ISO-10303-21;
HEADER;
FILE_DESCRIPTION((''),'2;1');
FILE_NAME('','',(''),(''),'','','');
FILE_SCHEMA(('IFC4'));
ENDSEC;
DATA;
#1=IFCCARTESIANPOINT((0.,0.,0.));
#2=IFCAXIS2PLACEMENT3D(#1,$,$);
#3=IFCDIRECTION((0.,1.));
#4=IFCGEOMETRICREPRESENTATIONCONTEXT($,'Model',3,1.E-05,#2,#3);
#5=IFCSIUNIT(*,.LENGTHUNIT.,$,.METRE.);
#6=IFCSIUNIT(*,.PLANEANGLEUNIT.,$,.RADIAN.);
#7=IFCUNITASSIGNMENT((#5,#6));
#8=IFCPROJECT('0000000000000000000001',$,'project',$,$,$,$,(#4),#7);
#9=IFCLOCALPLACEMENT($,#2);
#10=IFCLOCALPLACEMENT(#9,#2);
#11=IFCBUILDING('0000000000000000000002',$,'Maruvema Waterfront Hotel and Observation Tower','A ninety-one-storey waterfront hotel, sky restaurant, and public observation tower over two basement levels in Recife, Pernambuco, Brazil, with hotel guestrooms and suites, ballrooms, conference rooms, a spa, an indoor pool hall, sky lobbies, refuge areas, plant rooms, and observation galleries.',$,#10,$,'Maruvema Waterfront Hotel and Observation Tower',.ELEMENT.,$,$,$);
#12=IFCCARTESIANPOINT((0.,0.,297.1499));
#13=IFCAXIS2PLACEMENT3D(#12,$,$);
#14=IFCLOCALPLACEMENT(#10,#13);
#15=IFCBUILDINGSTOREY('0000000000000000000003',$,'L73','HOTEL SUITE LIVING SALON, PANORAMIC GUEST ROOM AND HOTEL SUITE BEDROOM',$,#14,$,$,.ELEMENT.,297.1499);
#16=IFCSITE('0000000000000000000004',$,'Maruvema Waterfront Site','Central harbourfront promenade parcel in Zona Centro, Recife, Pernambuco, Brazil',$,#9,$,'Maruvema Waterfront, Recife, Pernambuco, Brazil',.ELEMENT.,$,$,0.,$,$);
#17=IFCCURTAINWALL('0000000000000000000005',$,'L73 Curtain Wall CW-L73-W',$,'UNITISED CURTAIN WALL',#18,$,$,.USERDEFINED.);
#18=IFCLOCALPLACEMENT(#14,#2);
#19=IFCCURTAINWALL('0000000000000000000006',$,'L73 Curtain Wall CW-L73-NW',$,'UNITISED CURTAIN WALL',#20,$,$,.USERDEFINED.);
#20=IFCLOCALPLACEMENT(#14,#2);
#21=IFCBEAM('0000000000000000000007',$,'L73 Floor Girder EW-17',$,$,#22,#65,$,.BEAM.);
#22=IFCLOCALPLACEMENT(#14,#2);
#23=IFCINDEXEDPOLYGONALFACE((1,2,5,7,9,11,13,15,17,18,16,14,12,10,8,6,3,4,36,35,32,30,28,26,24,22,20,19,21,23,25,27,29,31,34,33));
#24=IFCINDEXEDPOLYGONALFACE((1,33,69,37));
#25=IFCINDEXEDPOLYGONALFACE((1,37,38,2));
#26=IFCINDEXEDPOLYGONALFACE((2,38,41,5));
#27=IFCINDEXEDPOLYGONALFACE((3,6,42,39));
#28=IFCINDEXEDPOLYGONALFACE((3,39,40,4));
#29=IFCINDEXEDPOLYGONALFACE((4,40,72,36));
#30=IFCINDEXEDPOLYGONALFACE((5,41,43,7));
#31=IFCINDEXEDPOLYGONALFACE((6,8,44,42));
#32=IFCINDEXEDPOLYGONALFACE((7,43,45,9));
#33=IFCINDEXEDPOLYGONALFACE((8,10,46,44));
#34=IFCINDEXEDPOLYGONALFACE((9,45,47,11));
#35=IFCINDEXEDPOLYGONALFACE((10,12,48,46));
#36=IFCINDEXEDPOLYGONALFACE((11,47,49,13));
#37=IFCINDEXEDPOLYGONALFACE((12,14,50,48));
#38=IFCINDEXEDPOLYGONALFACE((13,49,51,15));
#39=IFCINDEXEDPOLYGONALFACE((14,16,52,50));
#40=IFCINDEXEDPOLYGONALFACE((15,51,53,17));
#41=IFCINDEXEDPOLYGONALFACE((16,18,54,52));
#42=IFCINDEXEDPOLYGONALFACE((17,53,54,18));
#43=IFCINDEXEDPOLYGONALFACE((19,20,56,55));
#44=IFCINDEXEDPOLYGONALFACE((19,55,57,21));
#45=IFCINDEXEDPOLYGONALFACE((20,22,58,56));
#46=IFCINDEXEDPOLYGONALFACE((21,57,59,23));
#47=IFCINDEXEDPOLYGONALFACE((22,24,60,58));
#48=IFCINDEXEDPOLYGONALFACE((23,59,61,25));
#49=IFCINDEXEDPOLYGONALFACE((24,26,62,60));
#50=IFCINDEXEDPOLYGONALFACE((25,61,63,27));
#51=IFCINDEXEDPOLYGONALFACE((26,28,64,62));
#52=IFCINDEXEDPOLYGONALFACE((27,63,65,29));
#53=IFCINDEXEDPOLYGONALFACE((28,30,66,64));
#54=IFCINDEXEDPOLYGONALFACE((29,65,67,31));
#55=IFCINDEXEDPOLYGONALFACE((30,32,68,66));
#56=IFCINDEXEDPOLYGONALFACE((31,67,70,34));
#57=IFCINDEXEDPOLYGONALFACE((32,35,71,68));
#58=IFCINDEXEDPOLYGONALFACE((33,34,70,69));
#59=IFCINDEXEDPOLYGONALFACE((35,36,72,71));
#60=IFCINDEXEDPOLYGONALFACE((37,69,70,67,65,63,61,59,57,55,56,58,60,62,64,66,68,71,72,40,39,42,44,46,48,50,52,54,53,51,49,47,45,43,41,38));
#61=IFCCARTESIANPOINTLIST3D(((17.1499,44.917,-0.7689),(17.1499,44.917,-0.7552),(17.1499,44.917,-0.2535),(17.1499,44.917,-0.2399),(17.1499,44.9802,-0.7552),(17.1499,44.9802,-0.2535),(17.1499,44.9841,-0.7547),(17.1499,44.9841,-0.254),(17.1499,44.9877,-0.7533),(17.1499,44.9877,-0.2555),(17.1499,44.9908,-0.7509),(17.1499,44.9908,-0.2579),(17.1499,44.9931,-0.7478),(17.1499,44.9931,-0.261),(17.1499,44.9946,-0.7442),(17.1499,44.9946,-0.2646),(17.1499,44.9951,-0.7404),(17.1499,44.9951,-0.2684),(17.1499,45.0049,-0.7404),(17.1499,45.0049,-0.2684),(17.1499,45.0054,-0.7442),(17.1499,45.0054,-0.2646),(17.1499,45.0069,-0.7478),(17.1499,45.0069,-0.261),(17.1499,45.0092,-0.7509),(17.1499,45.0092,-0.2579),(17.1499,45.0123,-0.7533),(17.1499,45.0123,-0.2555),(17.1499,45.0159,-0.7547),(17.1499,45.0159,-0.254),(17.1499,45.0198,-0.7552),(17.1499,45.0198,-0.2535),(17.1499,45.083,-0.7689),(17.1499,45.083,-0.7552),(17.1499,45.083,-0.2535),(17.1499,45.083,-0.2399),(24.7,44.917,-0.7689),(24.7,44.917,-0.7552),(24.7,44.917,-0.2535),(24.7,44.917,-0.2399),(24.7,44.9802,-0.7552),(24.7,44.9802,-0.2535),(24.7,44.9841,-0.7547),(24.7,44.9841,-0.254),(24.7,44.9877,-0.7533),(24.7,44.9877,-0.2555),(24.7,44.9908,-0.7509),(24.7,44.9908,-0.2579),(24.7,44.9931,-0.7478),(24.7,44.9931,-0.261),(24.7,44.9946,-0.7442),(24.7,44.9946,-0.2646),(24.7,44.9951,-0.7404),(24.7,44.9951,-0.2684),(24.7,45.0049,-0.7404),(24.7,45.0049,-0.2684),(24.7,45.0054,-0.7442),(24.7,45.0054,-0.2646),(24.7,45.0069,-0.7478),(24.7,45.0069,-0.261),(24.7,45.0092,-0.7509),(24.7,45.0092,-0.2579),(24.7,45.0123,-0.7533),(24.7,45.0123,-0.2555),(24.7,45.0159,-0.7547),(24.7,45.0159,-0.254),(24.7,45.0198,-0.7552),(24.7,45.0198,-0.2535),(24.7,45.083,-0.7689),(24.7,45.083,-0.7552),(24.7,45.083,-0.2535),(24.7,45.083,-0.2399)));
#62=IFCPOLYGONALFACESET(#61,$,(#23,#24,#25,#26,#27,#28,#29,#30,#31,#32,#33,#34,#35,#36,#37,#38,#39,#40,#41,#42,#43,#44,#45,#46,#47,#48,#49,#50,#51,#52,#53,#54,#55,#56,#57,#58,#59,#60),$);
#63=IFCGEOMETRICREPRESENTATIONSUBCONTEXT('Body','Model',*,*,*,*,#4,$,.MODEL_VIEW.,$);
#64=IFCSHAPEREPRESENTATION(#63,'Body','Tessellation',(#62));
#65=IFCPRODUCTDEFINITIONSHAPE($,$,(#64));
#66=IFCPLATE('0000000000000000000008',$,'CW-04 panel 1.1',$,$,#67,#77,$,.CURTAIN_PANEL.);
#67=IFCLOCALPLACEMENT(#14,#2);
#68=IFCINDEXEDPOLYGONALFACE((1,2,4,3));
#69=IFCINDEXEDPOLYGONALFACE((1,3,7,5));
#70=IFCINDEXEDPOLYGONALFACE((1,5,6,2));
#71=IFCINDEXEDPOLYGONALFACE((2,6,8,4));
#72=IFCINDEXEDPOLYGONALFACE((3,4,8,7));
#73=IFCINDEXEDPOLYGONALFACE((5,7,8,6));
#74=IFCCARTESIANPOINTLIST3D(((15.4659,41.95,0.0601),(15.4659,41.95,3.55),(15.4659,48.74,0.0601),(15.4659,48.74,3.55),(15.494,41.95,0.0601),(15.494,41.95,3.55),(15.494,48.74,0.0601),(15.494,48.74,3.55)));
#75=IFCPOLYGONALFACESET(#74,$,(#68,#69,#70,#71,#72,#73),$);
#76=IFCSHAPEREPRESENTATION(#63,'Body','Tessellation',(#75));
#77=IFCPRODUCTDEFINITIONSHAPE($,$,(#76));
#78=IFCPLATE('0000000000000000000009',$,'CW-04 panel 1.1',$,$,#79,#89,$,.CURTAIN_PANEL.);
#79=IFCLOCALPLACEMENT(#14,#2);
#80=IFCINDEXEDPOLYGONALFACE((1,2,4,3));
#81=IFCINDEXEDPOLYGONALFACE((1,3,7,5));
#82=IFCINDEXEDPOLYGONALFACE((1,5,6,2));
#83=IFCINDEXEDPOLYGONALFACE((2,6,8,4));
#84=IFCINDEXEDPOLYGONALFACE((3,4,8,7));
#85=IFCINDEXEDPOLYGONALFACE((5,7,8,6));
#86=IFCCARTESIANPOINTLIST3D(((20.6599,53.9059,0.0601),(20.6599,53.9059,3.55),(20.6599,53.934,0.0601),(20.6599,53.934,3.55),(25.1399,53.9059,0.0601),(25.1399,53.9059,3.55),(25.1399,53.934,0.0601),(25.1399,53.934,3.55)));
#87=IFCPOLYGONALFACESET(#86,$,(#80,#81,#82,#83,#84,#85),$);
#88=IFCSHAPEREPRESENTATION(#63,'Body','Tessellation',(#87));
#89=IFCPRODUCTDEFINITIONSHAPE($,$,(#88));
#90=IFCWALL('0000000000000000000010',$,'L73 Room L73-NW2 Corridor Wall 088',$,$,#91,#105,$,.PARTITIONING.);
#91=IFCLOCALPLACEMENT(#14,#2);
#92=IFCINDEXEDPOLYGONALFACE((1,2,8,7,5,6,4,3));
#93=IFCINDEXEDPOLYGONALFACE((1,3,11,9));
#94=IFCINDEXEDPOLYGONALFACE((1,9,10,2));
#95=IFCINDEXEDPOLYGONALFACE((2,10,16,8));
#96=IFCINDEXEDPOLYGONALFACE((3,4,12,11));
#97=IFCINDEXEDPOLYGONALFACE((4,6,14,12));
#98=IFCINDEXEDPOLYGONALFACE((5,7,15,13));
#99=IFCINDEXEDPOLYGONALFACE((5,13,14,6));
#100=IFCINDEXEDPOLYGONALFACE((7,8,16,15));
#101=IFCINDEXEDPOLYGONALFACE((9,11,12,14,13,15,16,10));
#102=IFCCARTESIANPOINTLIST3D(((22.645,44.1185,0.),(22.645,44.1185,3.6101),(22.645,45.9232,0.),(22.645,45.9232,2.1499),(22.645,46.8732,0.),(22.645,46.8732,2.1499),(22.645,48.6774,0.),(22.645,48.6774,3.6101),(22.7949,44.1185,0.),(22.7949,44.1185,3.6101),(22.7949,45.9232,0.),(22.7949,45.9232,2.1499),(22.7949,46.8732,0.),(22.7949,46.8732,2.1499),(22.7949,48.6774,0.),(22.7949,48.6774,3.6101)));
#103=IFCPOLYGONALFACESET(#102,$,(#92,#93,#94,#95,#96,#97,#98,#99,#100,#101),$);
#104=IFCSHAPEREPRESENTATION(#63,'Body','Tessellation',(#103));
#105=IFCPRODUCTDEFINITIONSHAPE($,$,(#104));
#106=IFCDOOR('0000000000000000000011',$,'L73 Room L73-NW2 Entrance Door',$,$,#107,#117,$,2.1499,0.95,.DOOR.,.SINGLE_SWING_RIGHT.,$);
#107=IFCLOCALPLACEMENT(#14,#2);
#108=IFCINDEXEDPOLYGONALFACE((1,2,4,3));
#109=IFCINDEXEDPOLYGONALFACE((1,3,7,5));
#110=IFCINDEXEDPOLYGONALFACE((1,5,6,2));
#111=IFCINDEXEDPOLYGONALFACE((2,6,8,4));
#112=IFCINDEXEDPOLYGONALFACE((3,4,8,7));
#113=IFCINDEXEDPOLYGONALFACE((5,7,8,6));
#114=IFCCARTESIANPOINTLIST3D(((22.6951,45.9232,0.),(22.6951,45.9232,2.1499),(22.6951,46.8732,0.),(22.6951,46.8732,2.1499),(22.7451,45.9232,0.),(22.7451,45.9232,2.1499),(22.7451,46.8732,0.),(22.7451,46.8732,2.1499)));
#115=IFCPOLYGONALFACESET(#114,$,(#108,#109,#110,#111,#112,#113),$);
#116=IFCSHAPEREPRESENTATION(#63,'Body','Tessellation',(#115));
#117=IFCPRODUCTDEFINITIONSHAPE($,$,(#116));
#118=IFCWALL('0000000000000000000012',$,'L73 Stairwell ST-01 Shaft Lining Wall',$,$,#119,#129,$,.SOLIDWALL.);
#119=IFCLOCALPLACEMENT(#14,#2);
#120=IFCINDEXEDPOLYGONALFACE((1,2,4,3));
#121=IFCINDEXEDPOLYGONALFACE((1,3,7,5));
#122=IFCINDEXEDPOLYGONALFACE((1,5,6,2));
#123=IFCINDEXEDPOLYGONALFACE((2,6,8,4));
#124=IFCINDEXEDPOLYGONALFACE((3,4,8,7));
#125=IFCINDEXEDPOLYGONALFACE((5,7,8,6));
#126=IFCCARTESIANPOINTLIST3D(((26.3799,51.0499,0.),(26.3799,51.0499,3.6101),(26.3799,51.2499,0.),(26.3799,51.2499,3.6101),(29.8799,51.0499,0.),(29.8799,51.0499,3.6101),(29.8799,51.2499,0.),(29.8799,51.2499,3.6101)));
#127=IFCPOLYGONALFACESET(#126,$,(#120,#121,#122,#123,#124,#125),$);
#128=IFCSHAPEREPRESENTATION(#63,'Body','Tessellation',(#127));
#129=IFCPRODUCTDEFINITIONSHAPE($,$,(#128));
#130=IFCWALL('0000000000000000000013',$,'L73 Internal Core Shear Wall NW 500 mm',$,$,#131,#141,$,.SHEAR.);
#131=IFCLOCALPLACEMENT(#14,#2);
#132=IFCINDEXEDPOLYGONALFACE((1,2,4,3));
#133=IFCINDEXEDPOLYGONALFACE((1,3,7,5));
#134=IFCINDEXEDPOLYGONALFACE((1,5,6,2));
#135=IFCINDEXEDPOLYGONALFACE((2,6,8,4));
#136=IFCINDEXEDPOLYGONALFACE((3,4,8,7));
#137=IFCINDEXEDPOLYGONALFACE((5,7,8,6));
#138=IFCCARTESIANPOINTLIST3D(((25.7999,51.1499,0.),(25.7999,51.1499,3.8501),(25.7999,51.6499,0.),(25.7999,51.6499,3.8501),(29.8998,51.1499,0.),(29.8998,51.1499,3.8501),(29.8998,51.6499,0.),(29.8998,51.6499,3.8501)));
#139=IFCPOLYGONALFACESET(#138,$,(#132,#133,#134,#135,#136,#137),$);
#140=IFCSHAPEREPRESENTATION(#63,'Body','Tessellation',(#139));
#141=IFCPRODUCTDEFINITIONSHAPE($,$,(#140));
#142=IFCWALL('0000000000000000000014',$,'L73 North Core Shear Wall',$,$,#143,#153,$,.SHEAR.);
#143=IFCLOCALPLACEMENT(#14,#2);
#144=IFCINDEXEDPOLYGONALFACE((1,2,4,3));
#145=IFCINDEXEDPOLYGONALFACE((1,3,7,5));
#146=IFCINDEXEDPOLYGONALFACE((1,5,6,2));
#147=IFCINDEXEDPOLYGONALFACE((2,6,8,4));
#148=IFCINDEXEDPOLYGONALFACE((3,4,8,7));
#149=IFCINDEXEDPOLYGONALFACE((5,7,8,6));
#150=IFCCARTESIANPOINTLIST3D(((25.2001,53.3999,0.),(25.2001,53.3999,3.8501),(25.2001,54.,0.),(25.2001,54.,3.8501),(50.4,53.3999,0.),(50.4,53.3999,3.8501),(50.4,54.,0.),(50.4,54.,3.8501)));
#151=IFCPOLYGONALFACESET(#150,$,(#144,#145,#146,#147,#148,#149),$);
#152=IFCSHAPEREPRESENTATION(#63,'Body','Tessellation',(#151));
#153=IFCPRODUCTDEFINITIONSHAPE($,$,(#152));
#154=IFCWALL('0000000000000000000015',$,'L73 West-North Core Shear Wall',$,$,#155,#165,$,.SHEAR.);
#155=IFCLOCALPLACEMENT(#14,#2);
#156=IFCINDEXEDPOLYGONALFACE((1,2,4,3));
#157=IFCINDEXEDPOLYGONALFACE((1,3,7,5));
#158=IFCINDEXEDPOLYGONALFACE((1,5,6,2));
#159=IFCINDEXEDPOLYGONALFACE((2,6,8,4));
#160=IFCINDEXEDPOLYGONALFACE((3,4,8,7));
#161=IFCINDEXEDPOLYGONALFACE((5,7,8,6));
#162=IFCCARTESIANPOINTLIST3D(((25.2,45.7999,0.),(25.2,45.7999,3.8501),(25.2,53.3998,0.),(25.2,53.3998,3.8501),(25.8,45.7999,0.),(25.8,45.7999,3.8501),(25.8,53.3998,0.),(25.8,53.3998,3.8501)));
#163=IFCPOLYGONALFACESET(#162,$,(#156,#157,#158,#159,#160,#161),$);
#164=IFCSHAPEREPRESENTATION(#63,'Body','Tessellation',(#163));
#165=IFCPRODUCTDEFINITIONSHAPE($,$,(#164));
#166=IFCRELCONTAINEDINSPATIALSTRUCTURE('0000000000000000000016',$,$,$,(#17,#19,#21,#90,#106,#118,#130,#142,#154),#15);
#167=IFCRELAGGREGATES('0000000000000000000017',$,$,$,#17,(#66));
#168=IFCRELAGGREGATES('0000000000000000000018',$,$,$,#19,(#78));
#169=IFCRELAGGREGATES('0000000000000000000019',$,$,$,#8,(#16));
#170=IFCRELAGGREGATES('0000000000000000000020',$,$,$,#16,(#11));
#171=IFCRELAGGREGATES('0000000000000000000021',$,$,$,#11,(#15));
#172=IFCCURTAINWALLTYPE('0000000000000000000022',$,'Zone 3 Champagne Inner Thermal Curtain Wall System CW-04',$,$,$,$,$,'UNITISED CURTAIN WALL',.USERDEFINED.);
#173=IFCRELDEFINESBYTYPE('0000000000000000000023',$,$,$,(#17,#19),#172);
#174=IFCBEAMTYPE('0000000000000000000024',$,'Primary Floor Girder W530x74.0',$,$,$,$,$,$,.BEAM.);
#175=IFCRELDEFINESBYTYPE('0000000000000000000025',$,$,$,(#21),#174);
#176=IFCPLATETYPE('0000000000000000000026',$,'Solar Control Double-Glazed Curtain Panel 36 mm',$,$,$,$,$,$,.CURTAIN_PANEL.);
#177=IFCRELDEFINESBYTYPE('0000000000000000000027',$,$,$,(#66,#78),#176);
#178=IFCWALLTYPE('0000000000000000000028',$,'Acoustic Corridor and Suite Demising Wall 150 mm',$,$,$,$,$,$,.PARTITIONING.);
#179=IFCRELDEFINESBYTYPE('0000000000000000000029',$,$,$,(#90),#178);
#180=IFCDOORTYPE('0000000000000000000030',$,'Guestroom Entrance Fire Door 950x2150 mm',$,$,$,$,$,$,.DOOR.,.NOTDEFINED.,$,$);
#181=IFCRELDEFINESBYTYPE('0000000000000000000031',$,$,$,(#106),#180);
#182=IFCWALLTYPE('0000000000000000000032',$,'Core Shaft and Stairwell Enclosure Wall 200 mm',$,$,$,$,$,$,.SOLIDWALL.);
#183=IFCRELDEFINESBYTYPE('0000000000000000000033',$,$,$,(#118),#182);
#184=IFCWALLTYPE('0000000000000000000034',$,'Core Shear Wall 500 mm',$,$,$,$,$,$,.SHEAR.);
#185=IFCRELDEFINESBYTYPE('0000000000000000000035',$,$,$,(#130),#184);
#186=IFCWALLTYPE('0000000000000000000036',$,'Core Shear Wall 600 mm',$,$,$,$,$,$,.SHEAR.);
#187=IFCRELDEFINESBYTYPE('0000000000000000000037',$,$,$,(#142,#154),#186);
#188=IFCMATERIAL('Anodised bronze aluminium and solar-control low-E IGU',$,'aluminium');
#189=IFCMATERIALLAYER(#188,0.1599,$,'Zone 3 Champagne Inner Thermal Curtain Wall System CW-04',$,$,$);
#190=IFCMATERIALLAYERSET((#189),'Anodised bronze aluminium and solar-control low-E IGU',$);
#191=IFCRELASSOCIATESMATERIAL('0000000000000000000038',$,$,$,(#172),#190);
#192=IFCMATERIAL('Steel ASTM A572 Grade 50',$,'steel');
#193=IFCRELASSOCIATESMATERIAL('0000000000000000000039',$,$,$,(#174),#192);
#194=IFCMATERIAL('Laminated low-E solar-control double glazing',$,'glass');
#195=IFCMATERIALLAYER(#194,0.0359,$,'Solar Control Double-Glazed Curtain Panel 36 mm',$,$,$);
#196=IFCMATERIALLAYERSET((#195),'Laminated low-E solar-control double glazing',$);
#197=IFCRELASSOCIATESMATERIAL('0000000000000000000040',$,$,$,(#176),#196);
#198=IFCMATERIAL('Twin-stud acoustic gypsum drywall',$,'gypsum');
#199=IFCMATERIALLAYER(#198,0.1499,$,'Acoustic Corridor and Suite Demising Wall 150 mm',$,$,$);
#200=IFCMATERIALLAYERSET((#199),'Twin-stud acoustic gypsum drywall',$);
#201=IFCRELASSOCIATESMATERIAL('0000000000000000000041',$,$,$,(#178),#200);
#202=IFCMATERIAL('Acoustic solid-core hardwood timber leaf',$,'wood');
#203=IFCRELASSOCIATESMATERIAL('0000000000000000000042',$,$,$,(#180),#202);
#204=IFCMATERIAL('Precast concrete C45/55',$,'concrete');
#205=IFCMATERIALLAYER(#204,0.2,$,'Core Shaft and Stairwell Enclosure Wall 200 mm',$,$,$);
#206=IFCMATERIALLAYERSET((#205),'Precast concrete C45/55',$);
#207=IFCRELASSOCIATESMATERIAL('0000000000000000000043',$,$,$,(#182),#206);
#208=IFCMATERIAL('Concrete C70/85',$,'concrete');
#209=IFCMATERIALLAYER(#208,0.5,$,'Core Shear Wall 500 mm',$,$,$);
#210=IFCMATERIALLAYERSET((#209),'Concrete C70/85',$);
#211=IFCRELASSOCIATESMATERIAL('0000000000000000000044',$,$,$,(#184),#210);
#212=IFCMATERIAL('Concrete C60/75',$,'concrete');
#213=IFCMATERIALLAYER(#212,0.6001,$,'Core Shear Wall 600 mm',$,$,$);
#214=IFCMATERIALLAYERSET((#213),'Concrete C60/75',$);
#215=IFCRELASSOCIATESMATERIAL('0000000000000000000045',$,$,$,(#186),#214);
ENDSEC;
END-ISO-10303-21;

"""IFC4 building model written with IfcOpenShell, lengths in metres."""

from ifc_helpers import new_model, si_unit, direction, frame, frame_2d, origin, origin_2d, place, context, subcontext, project, spatial, rectangle, i_section, extrude, material, layer, layer_set, material_profile, profile_set, type_object, element, fill, aggregate, save


model = new_model("IFC4")

# Units and contexts
model_context = context("Model", 3, precision=1e-05, world=origin(), true_north=direction((0.0, 1.0)))
body_context = subcontext(model_context, "Body", "Model", "MODEL_VIEW")
ifc_project = project(units=[si_unit("LENGTHUNIT", "METRE"), si_unit("PLANEANGLEUNIT", "RADIAN")], contexts=[model_context])

# Site, building, storey
site_placement = place(None, origin())
site = spatial("IfcSite", under=ifc_project, at=site_placement, Name="Maruvema Waterfront Site", Description="Central harbourfront promenade parcel in Zona Centro, Recife, Pernambuco, Brazil", LongName="Maruvema Waterfront, Recife, Pernambuco, Brazil", CompositionType="ELEMENT", RefElevation=0.0)
building_placement = place(site_placement, origin())
building = spatial("IfcBuilding", under=site, at=building_placement, Name="Maruvema Waterfront Hotel and Observation Tower", Description="A ninety-one-storey waterfront hotel, sky restaurant, and public observation tower over two basement levels in Recife, Pernambuco, Brazil, with hotel guestrooms and suites, ballrooms, conference rooms, a spa, an indoor pool hall, sky lobbies, refuge areas, plant rooms, and observation galleries.", LongName="Maruvema Waterfront Hotel and Observation Tower", CompositionType="ELEMENT")
storey_placement = place(building_placement, frame((0.0, 0.0, 297.1499)))
storey = spatial("IfcBuildingStorey", under=building, at=storey_placement, Name="L73", Description="HOTEL SUITE LIVING SALON, PANORAMIC GUEST ROOM AND HOTEL SUITE BEDROOM", CompositionType="ELEMENT", Elevation=297.1499)

# Curtain walls
ifc_material_1 = material(Name="Anodised bronze aluminium and solar-control low-E IGU", Category="aluminium")
ifc_layer_1 = layer(ifc_material_1, 0.1599, Name="Zone 3 Champagne Inner Thermal Curtain Wall System CW-04")
ifc_layer_set_1 = layer_set([ifc_layer_1], Name="Anodised bronze aluminium and solar-control low-E IGU")
curtain_wall_type = type_object("IfcCurtainWallType", Name="Zone 3 Champagne Inner Thermal Curtain Wall System CW-04", ElementType="UNITISED CURTAIN WALL", PredefinedType="USERDEFINED", material=ifc_layer_set_1)
curtain_wall_1_placement = place(storey_placement, origin())
curtain_wall_1 = element("IfcCurtainWall", 1, at=curtain_wall_1_placement, inside=storey, type_object=curtain_wall_type, Name="L73 Curtain Wall CW-L73-W", ObjectType="UNITISED CURTAIN WALL", PredefinedType="USERDEFINED")
curtain_wall_2_placement = place(storey_placement, origin())
curtain_wall_2 = element("IfcCurtainWall", 2, at=curtain_wall_2_placement, inside=storey, type_object=curtain_wall_type, Name="L73 Curtain Wall CW-L73-NW", ObjectType="UNITISED CURTAIN WALL", PredefinedType="USERDEFINED")

# Beam
ifc_material_2 = material(Name="Steel ASTM A572 Grade 50", Category="steel")
ifc_material_profile_1 = material_profile(ifc_material_2, i_section(OverallWidth=0.166, OverallDepth=0.5291, WebThickness=0.0098, FlangeThickness=0.0137, FilletRadius=0.0149, at=origin_2d()), Name="W530x74.0")
ifc_profile_set_1 = profile_set([ifc_material_profile_1], Name="Steel ASTM A572 Grade 50")
beam_type = type_object("IfcBeamType", Name="Primary Floor Girder W530x74.0", PredefinedType="BEAM", material=ifc_profile_set_1)
beam_placement = place(storey_placement, frame((17.1499, 45.0, -0.5044), z_axis=(1.0, 0.0, 0.0), x_axis=(0.0, 1.0, 0.0)))
element("IfcBeam", 3, at=beam_placement, inside=storey, type_object=beam_type, Name="L73 Floor Girder EW-17", PredefinedType="BEAM", context=body_context, shape_type="SweptSolid", body=[
    extrude(i_section(OverallWidth=0.166, OverallDepth=0.5291, WebThickness=0.0098, FlangeThickness=0.0137, FilletRadius=0.0149, at=origin_2d()), origin(), (0.0, 0.0, 1.0), 7.55),
])

# Plates
ifc_material_3 = material(Name="Laminated low-E solar-control double glazing", Category="glass")
ifc_layer_2 = layer(ifc_material_3, 0.0359, Name="Solar Control Double-Glazed Curtain Panel 36 mm")
ifc_layer_set_2 = layer_set([ifc_layer_2], Name="Laminated low-E solar-control double glazing")
plate_type = type_object("IfcPlateType", Name="Solar Control Double-Glazed Curtain Panel 36 mm", PredefinedType="CURTAIN_PANEL", material=ifc_layer_set_2)
plate_1_placement = place(storey_placement, frame((15.48, 45.345, 0.0601), z_axis=(0.0, 0.0, 1.0), x_axis=(0.0, -1.0, 0.0)))
plate_1 = element("IfcPlate", 4, at=plate_1_placement, type_object=plate_type, Name="CW-04 panel 1.1", PredefinedType="CURTAIN_PANEL", context=body_context, shape_type="SweptSolid", body=[
    extrude(rectangle(XDim=6.79, YDim=0.0281, at=origin_2d()), origin(), (0.0, 0.0, 1.0), 3.49),
])
aggregate(curtain_wall_1, [plate_1])
plate_2_placement = place(storey_placement, frame((22.8999, 53.9199, 0.0601), z_axis=(0.0, 0.0, 1.0), x_axis=(-1.0, 0.0, 0.0)))
plate_2 = element("IfcPlate", 5, at=plate_2_placement, type_object=plate_type, Name="CW-04 panel 1.1", PredefinedType="CURTAIN_PANEL", context=body_context, shape_type="SweptSolid", body=[
    extrude(rectangle(XDim=4.48, YDim=0.0281, at=origin_2d()), origin(), (0.0, 0.0, 1.0), 3.49),
])
aggregate(curtain_wall_2, [plate_2])

# Wall, opening, door
ifc_material_4 = material(Name="Twin-stud acoustic gypsum drywall", Category="gypsum")
ifc_layer_3 = layer(ifc_material_4, 0.1499, Name="Acoustic Corridor and Suite Demising Wall 150 mm")
ifc_layer_set_3 = layer_set([ifc_layer_3], Name="Twin-stud acoustic gypsum drywall")
wall_type_1 = type_object("IfcWallType", Name="Acoustic Corridor and Suite Demising Wall 150 mm", PredefinedType="PARTITIONING", material=ifc_layer_set_3)
wall_1_placement = place(storey_placement, frame((22.72, 44.1187, 0.0), z_axis=(0.0, 0.0, 1.0), x_axis=(0.0, 1.0, 0.0)))
wall_1 = element("IfcWall", 6, at=wall_1_placement, inside=storey, type_object=wall_type_1, Name="L73 Room L73-NW2 Corridor Wall 088", PredefinedType="PARTITIONING", context=body_context, shape_type="SweptSolid", body=[
    extrude(rectangle(XDim=4.5588, YDim=0.1499, at=frame_2d((2.2793, 0.0))), origin(), (0.0, 0.0, 1.0), 3.6101),
])
opening_1_placement = place(wall_1_placement, frame((1.8044, 0.0, 0.0)))
opening_1 = element("IfcOpeningElement", 7, at=opening_1_placement, cuts=wall_1, PredefinedType="OPENING", context=body_context, shape_type="SweptSolid", body=[
    extrude(rectangle(XDim=0.95, YDim=2.1499, at=frame_2d((0.4751, 1.075))), frame((0.0, 0.085, 0.0), z_axis=(0.0, -1.0, 0.0), x_axis=(1.0, 0.0, 0.0)), (0.0, 0.0, 1.0), 0.1699),
])
ifc_material_5 = material(Name="Acoustic solid-core hardwood timber leaf", Category="wood")
door_type_1 = type_object("IfcDoorType", Name="Guestroom Entrance Fire Door 950x2150 mm", OperationType="NOTDEFINED", PredefinedType="DOOR", material=ifc_material_5)
door_1_placement = place(opening_1_placement, origin())
door_1 = element("IfcDoor", 8, at=door_1_placement, inside=storey, type_object=door_type_1, Name="L73 Room L73-NW2 Entrance Door", OperationType="SINGLE_SWING_RIGHT", OverallHeight=2.1499, OverallWidth=0.95, PredefinedType="DOOR", context=body_context, shape_type="SweptSolid", body=[
    extrude(rectangle(XDim=0.95, YDim=2.1499, at=frame_2d((0.4751, 1.075))), frame((0.0, 0.0249, 0.0), z_axis=(0.0, -1.0, 0.0), x_axis=(1.0, 0.0, 0.0)), (0.0, 0.0, 1.0), 0.05),
])
fill(opening_1, door_1)

# Walls
ifc_material_6 = material(Name="Precast concrete C45/55", Category="concrete")
ifc_layer_4 = layer(ifc_material_6, 0.2, Name="Core Shaft and Stairwell Enclosure Wall 200 mm")
ifc_layer_set_4 = layer_set([ifc_layer_4], Name="Precast concrete C45/55")
wall_type_2 = type_object("IfcWallType", Name="Core Shaft and Stairwell Enclosure Wall 200 mm", PredefinedType="SOLIDWALL", material=ifc_layer_set_4)
wall_2_placement = place(storey_placement, frame((26.3799, 51.1499, 0.0), z_axis=(0.0, 0.0, 1.0), x_axis=(1.0, 0.0, 0.0)))
element("IfcWall", 9, at=wall_2_placement, inside=storey, type_object=wall_type_2, Name="L73 Stairwell ST-01 Shaft Lining Wall", PredefinedType="SOLIDWALL", context=body_context, shape_type="SweptSolid", body=[
    extrude(rectangle(XDim=3.5, YDim=0.2, at=frame_2d((1.75, 0.0))), origin(), (0.0, 0.0, 1.0), 3.6101),
])
ifc_material_7 = material(Name="Concrete C70/85", Category="concrete")
ifc_layer_5 = layer(ifc_material_7, 0.5, Name="Core Shear Wall 500 mm")
ifc_layer_set_5 = layer_set([ifc_layer_5], Name="Concrete C70/85")
wall_type_3 = type_object("IfcWallType", Name="Core Shear Wall 500 mm", PredefinedType="SHEAR", material=ifc_layer_set_5)
wall_3_placement = place(storey_placement, frame((25.8, 51.3999, 0.0), z_axis=(0.0, 0.0, 1.0), x_axis=(1.0, 0.0, 0.0)))
element("IfcWall", 10, at=wall_3_placement, inside=storey, type_object=wall_type_3, Name="L73 Internal Core Shear Wall NW 500 mm", PredefinedType="SHEAR", context=body_context, shape_type="SweptSolid", body=[
    extrude(rectangle(XDim=4.0999, YDim=0.5, at=frame_2d((2.0498, 0.0))), origin(), (0.0, 0.0, 1.0), 3.8501),
])
ifc_material_8 = material(Name="Concrete C60/75", Category="concrete")
ifc_layer_6 = layer(ifc_material_8, 0.6001, Name="Core Shear Wall 600 mm")
ifc_layer_set_6 = layer_set([ifc_layer_6], Name="Concrete C60/75")
wall_type_4 = type_object("IfcWallType", Name="Core Shear Wall 600 mm", PredefinedType="SHEAR", material=ifc_layer_set_6)
wall_4_placement = place(storey_placement, frame((25.2, 53.7, 0.0), z_axis=(0.0, 0.0, 1.0), x_axis=(1.0, 0.0, 0.0)))
element("IfcWall", 11, at=wall_4_placement, inside=storey, type_object=wall_type_4, Name="L73 North Core Shear Wall", PredefinedType="SHEAR", context=body_context, shape_type="SweptSolid", body=[
    extrude(rectangle(XDim=25.2, YDim=0.6001, at=frame_2d((12.6001, 0.0))), origin(), (0.0, 0.0, 1.0), 3.8501),
])
wall_5_placement = place(storey_placement, frame((25.5, 45.8, 0.0), z_axis=(0.0, 0.0, 1.0), x_axis=(0.0, 1.0, 0.0)))
element("IfcWall", 12, at=wall_5_placement, inside=storey, type_object=wall_type_4, Name="L73 West-North Core Shear Wall", PredefinedType="SHEAR", context=body_context, shape_type="SweptSolid", body=[
    extrude(rectangle(XDim=7.5999, YDim=0.6001, at=frame_2d((3.7998, 0.0))), origin(), (0.0, 0.0, 1.0), 3.8501),
])

save(model, "model.ifc")
